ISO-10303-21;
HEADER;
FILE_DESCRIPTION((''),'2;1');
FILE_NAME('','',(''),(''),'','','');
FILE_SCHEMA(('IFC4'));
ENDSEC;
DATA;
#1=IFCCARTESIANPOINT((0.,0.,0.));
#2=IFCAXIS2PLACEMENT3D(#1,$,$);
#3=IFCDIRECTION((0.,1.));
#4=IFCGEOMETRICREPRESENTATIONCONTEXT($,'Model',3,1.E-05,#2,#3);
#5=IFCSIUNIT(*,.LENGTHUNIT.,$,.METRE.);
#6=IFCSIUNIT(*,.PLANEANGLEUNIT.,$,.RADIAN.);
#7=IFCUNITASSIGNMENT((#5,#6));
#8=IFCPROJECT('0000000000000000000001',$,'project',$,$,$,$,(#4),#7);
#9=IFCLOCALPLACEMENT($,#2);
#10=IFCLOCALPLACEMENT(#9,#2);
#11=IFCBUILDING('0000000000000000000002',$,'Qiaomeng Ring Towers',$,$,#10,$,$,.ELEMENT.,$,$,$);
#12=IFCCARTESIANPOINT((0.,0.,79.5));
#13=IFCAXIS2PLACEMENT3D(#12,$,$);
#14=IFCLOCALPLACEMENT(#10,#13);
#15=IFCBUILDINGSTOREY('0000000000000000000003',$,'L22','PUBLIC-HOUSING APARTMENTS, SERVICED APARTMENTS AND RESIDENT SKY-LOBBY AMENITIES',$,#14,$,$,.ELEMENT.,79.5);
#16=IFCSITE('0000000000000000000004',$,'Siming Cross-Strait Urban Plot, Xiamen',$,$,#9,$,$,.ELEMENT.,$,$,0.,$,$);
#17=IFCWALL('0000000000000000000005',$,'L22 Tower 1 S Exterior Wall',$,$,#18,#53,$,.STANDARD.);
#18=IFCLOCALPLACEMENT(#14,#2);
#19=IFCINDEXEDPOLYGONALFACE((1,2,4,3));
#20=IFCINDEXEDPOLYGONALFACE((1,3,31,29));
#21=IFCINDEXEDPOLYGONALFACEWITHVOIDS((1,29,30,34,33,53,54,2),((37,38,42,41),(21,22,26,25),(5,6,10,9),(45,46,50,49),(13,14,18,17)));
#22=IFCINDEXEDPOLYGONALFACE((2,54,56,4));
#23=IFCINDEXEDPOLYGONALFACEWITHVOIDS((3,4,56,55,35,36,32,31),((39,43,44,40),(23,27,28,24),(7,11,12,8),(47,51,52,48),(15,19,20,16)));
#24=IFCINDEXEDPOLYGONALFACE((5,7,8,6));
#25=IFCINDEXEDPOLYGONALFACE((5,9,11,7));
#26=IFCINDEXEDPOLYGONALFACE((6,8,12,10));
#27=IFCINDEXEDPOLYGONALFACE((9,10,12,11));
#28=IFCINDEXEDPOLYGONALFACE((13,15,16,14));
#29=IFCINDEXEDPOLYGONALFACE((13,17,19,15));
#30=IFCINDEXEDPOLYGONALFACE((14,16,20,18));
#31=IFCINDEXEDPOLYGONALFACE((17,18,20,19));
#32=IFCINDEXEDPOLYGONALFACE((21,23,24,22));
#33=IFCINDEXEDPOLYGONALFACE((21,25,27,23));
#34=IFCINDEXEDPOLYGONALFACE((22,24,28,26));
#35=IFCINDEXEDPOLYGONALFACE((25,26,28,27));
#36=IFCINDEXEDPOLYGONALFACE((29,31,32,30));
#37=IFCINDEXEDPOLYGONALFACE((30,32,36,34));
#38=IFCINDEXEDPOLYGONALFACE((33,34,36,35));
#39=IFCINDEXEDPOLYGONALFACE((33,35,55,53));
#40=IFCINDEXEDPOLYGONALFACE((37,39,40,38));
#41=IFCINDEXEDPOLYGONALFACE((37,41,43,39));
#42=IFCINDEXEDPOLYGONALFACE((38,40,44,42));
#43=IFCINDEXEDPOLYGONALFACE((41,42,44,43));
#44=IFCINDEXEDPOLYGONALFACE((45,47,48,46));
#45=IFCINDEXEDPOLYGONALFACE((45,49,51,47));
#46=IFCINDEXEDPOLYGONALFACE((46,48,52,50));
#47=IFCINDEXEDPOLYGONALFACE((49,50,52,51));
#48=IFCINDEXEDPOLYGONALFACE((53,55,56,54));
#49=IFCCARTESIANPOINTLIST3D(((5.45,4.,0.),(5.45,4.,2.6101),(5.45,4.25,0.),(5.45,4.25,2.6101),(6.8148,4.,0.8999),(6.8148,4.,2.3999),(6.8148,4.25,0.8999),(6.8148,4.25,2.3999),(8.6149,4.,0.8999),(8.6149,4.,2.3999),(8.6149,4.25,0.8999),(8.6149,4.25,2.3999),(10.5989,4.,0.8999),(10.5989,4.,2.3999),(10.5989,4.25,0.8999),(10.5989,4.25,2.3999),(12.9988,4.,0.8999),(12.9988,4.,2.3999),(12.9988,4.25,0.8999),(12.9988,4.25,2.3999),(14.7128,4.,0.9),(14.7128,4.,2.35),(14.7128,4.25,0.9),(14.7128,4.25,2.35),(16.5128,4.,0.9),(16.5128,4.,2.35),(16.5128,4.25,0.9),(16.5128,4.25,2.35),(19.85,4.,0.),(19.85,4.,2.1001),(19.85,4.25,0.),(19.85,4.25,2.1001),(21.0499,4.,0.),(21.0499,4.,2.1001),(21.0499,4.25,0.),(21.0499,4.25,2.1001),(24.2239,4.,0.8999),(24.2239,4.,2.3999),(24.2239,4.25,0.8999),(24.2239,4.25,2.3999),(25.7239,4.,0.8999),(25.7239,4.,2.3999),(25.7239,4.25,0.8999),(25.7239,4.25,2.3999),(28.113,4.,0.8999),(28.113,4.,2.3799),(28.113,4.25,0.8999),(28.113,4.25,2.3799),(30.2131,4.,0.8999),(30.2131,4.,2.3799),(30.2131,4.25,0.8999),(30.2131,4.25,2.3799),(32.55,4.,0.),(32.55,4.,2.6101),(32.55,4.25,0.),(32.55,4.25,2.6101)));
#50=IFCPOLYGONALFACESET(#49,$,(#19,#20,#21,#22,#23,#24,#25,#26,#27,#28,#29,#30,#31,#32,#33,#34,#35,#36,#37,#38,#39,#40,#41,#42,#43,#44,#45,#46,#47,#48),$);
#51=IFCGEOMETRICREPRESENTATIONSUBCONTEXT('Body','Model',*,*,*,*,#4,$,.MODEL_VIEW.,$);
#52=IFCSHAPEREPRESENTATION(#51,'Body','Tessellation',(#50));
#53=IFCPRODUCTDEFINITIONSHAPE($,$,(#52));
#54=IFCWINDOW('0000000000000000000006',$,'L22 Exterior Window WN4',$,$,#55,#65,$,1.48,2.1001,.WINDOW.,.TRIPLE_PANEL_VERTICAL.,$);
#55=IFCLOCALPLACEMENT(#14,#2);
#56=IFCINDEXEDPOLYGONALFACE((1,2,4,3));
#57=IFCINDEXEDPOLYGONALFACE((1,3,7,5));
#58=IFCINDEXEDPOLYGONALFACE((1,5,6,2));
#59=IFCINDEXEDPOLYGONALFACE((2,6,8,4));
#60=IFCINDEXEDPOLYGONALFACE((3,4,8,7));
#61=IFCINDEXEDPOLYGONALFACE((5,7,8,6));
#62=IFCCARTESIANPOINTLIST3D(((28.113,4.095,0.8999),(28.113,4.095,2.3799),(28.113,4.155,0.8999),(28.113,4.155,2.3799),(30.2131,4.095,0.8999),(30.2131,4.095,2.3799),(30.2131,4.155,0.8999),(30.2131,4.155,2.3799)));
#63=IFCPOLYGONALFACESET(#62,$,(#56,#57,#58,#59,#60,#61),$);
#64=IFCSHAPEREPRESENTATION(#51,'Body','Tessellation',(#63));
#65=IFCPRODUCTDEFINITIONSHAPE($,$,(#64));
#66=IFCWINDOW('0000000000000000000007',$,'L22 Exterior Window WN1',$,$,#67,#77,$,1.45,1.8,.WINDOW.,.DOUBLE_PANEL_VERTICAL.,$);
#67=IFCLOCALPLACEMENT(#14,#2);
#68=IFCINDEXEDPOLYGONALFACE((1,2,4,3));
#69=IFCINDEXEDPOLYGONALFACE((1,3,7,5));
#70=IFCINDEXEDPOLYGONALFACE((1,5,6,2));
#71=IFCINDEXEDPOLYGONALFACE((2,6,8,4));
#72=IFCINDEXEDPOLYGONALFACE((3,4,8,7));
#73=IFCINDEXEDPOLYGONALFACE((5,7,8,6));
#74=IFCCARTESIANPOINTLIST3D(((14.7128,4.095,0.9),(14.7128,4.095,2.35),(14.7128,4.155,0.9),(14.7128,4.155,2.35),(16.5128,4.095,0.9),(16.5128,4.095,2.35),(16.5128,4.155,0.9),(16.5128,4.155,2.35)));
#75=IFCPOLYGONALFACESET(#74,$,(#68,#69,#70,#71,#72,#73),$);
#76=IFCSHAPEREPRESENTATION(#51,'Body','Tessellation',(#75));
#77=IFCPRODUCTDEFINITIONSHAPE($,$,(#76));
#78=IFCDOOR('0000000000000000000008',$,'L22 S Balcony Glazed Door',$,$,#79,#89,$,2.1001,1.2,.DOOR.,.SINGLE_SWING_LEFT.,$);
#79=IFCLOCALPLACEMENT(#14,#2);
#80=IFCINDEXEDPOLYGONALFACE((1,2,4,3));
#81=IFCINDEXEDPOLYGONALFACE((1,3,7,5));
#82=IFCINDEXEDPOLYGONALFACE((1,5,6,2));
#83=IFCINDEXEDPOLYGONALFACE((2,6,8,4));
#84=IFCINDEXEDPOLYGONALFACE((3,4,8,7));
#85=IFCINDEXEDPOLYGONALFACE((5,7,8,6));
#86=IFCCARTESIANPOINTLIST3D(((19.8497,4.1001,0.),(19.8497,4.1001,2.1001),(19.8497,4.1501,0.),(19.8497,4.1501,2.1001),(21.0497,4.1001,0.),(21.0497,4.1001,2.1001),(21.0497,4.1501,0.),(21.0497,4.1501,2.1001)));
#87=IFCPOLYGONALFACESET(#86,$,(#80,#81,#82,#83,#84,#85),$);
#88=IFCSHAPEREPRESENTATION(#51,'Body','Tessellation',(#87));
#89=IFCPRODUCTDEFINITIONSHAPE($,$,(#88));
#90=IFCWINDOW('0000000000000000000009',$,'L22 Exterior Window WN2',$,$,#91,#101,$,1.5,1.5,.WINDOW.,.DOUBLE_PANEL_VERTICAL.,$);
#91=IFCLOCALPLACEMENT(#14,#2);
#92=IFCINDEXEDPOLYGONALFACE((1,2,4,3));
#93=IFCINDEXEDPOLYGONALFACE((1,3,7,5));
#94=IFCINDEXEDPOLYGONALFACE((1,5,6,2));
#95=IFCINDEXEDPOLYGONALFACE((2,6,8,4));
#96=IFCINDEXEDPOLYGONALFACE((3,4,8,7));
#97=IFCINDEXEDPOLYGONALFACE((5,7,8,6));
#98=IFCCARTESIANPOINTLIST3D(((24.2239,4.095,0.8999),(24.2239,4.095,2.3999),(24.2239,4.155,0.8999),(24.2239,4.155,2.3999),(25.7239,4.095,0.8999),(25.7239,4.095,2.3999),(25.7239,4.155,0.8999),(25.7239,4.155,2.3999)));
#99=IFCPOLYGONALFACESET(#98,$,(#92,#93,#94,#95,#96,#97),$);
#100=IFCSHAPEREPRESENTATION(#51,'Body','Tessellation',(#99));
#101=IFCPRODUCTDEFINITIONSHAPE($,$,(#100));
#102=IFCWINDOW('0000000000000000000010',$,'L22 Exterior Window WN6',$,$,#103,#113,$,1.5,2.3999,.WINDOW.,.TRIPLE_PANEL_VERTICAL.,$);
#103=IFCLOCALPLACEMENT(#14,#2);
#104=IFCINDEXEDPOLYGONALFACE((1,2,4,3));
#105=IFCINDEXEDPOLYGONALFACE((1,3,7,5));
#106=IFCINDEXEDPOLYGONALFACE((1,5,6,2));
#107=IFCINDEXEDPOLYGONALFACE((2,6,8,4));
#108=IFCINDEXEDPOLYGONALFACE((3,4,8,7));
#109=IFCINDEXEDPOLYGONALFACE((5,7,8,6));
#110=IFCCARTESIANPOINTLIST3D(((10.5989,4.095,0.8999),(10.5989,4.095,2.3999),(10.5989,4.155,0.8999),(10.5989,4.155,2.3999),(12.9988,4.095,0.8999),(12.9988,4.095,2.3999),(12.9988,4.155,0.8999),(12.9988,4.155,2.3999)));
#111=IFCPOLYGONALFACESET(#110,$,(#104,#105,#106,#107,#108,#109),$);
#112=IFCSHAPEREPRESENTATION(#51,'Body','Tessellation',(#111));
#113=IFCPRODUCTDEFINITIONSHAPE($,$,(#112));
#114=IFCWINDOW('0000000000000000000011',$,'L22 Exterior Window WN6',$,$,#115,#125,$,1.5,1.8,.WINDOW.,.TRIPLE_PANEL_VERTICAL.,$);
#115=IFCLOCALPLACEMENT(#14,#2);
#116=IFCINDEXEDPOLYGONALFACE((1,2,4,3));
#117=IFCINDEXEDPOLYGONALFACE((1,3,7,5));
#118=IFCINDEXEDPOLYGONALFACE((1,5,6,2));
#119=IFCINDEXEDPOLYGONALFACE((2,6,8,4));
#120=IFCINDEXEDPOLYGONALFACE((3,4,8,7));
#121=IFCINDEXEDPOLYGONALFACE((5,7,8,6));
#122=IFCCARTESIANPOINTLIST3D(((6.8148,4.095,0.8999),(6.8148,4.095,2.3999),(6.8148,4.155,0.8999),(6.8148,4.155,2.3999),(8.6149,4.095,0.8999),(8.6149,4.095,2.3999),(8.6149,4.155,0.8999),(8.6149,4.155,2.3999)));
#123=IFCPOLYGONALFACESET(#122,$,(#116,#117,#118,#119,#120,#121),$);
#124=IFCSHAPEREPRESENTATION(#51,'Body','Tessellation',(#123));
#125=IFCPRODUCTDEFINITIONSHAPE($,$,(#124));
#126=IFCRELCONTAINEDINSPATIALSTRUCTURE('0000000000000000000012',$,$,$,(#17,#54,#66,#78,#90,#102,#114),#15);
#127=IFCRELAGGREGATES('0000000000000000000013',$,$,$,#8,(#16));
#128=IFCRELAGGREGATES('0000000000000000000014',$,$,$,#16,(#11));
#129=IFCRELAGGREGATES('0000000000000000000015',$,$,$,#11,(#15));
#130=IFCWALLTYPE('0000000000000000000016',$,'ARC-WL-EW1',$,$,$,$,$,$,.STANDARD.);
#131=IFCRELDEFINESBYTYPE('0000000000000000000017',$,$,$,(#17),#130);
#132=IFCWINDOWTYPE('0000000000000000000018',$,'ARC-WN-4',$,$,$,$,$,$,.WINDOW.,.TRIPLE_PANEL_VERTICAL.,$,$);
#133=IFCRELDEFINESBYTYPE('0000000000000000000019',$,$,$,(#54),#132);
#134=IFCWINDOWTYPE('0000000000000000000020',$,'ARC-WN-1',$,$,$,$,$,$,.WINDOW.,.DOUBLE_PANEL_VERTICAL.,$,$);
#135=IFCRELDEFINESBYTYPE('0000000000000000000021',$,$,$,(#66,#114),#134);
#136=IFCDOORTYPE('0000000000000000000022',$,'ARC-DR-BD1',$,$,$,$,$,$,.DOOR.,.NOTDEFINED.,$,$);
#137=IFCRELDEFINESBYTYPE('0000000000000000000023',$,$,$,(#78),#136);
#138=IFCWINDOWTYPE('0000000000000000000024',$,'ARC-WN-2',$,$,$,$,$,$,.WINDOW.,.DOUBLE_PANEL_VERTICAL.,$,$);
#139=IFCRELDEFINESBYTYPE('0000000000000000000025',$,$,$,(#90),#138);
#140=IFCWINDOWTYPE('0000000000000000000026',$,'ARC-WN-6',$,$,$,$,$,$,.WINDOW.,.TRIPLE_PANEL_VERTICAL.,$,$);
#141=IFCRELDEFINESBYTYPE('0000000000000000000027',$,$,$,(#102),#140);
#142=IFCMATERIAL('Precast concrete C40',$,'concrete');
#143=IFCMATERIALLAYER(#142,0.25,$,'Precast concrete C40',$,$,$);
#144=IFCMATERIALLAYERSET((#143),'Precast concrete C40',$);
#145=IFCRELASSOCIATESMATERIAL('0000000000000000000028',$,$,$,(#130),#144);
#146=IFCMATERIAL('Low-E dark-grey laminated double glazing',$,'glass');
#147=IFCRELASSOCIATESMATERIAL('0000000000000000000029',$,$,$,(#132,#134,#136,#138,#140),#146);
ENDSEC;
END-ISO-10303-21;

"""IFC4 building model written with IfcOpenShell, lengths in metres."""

from ifc_helpers import new_model, si_unit, direction, frame, frame_2d, origin, place, context, subcontext, project, spatial, rectangle, extrude, source, transform, mapped, material, layer, layer_set, type_object, element, fill, save


model = new_model("IFC4")

# Units and contexts
model_context = context("Model", 3, precision=1e-05, world=origin(), true_north=direction((0.0, 1.0)))
body_context = subcontext(model_context, "Body", "Model", "MODEL_VIEW")
ifc_project = project(units=[si_unit("LENGTHUNIT", "METRE"), si_unit("PLANEANGLEUNIT", "RADIAN")], contexts=[model_context])

# Site, building, storey
site_placement = place(None, origin())
site = spatial("IfcSite", under=ifc_project, at=site_placement, Name="Siming Cross-Strait Urban Plot, Xiamen", CompositionType="ELEMENT", RefElevation=0.0)
building_placement = place(site_placement, origin())
building = spatial("IfcBuilding", under=site, at=building_placement, Name="Qiaomeng Ring Towers", CompositionType="ELEMENT")
storey_placement = place(building_placement, frame((0.0, 0.0, 79.5)))
storey = spatial("IfcBuildingStorey", under=building, at=storey_placement, Name="L22", Description="PUBLIC-HOUSING APARTMENTS, SERVICED APARTMENTS AND RESIDENT SKY-LOBBY AMENITIES", CompositionType="ELEMENT", Elevation=79.5)

# Shared definitions
ifc_material_1 = material(Name="Low-E dark-grey laminated double glazing", Category="glass")

# Wall, openings, windows, door
ifc_material_2 = material(Name="Precast concrete C40", Category="concrete")
ifc_layer_1 = layer(ifc_material_2, 0.25, Name="Precast concrete C40")
ifc_layer_set_1 = layer_set([ifc_layer_1], Name="Precast concrete C40")
wall_type_1 = type_object("IfcWallType", Name="ARC-WL-EW1", PredefinedType="STANDARD", material=ifc_layer_set_1)
wall_1_placement = place(storey_placement, frame((5.45, 4.125, 0.0), z_axis=(0.0, 0.0, 1.0), x_axis=(1.0, 0.0, 0.0)))
wall_1 = element("IfcWall", 1, at=wall_1_placement, inside=storey, type_object=wall_type_1, Name="L22 Tower 1 S Exterior Wall", PredefinedType="STANDARD", context=body_context, shape_type="SweptSolid", body=[
    extrude(rectangle(XDim=27.1001, YDim=0.25, at=frame_2d((13.55, 0.0))), origin(), (0.0, 0.0, 1.0), 2.6101),
])
opening_1_placement = place(wall_1_placement, frame((14.3999, 0.0, 0.0)))
opening_1 = element("IfcOpeningElement", 2, at=opening_1_placement, cuts=wall_1, PredefinedType="OPENING", context=body_context, shape_type="SweptSolid", body=[
    extrude(rectangle(XDim=1.2, YDim=2.1001, at=frame_2d((0.6001, 1.05))), frame((0.0, 0.135, 0.0), z_axis=(0.0, -1.0, 0.0), x_axis=(1.0, 0.0, 0.0)), (0.0, 0.0, 1.0), 0.27),
])
opening_2_placement = place(wall_1_placement, frame((1.365, 0.0, 0.8999)))
opening_2 = element("IfcOpeningElement", 3, at=opening_2_placement, cuts=wall_1, PredefinedType="OPENING", context=body_context, shape_type="SweptSolid", body=[
    extrude(rectangle(XDim=1.8, YDim=1.5, at=frame_2d((0.8999, 0.75))), frame((0.0, 0.135, 0.0), z_axis=(0.0, -1.0, 0.0), x_axis=(1.0, 0.0, 0.0)), (0.0, 0.0, 1.0), 0.27),
])
opening_3_placement = place(wall_1_placement, frame((9.2629, 0.0, 0.8999)))
opening_3 = element("IfcOpeningElement", 4, at=opening_3_placement, cuts=wall_1, PredefinedType="OPENING", context=body_context, shape_type="SweptSolid", body=[
    extrude(rectangle(XDim=1.8, YDim=1.45, at=frame_2d((0.8999, 0.7251))), frame((0.0, 0.135, 0.0), z_axis=(0.0, -1.0, 0.0), x_axis=(1.0, 0.0, 0.0)), (0.0, 0.0, 1.0), 0.27),
])
opening_4_placement = place(wall_1_placement, frame((18.7739, 0.0, 0.8999)))
opening_4 = element("IfcOpeningElement", 5, at=opening_4_placement, cuts=wall_1, PredefinedType="OPENING", context=body_context, shape_type="SweptSolid", body=[
    extrude(rectangle(XDim=1.5, YDim=1.5, at=frame_2d((0.75, 0.75))), frame((0.0, 0.135, 0.0), z_axis=(0.0, -1.0, 0.0), x_axis=(1.0, 0.0, 0.0)), (0.0, 0.0, 1.0), 0.27),
])
opening_5_placement = place(wall_1_placement, frame((22.6631, 0.0, 0.8999)))
opening_5 = element("IfcOpeningElement", 6, at=opening_5_placement, cuts=wall_1, PredefinedType="OPENING", context=body_context, shape_type="SweptSolid", body=[
    extrude(rectangle(XDim=2.1001, YDim=1.48, at=frame_2d((1.05, 0.74))), frame((0.0, 0.135, 0.0), z_axis=(0.0, -1.0, 0.0), x_axis=(1.0, 0.0, 0.0)), (0.0, 0.0, 1.0), 0.27),
])
opening_6_placement = place(wall_1_placement, frame((5.1489, 0.0, 0.8999)))
opening_6 = element("IfcOpeningElement", 7, at=opening_6_placement, cuts=wall_1, PredefinedType="OPENING", context=body_context, shape_type="SweptSolid", body=[
    extrude(rectangle(XDim=2.3999, YDim=1.5, at=frame_2d((1.2, 0.75))), frame((0.0, 0.135, 0.0), z_axis=(0.0, -1.0, 0.0), x_axis=(1.0, 0.0, 0.0)), (0.0, 0.0, 1.0), 0.27),
])
window_type_1 = type_object("IfcWindowType", Name="ARC-WN-4", PartitioningType="TRIPLE_PANEL_VERTICAL", PredefinedType="WINDOW", material=ifc_material_1)
shared_shape_1 = source(origin(), body_context, "Body", "SweptSolid", [
    extrude(rectangle(XDim=2.1001, YDim=1.48, at=frame_2d((1.05, 0.74))), frame((0.0, 0.03, 0.0), z_axis=(0.0, -1.0, 0.0), x_axis=(1.0, 0.0, 0.0)), (0.0, 0.0, 1.0), 0.0601),
])
window_1_placement = place(opening_5_placement, origin())
window_1 = element("IfcWindow", 8, at=window_1_placement, inside=storey, type_object=window_type_1, Name="L22 Exterior Window WN4", OverallHeight=1.48, OverallWidth=2.1001, PartitioningType="TRIPLE_PANEL_VERTICAL", PredefinedType="WINDOW", context=body_context, shape_type="MappedRepresentation", body=[
    mapped(shared_shape_1, transform((0.0, 0.0, 0.0), x_axis=(1.0, 0.0, 0.0), y_axis=(0.0, 1.0, 0.0), z_axis=(0.0, 0.0, 1.0), scale=1.0)),
])
fill(opening_5, window_1)
window_type_2 = type_object("IfcWindowType", Name="ARC-WN-1", PartitioningType="DOUBLE_PANEL_VERTICAL", PredefinedType="WINDOW", material=ifc_material_1)
shared_shape_2 = source(origin(), body_context, "Body", "SweptSolid", [
    extrude(rectangle(XDim=1.8, YDim=1.45, at=frame_2d((0.8999, 0.7251))), frame((0.0, 0.03, 0.0), z_axis=(0.0, -1.0, 0.0), x_axis=(1.0, 0.0, 0.0)), (0.0, 0.0, 1.0), 0.0601),
])
window_2_placement = place(opening_3_placement, origin())
window_2 = element("IfcWindow", 9, at=window_2_placement, inside=storey, type_object=window_type_2, Name="L22 Exterior Window WN1", OverallHeight=1.45, OverallWidth=1.8, PartitioningType="DOUBLE_PANEL_VERTICAL", PredefinedType="WINDOW", context=body_context, shape_type="MappedRepresentation", body=[
    mapped(shared_shape_2, transform((0.0, 0.0, 0.0), x_axis=(1.0, 0.0, 0.0), y_axis=(0.0, 1.0, 0.0), z_axis=(0.0, 0.0, 1.0), scale=1.0)),
])
fill(opening_3, window_2)
door_type_1 = type_object("IfcDoorType", Name="ARC-DR-BD1", OperationType="NOTDEFINED", PredefinedType="DOOR", material=ifc_material_1)
shared_shape_3 = source(origin(), body_context, "Body", "SweptSolid", [
    extrude(rectangle(XDim=1.2, YDim=2.1001, at=frame_2d((0.6001, 1.05))), frame((0.0, 0.0249, 0.0), z_axis=(0.0, -1.0, 0.0), x_axis=(1.0, 0.0, 0.0)), (0.0, 0.0, 1.0), 0.05),
])
door_1_placement = place(opening_1_placement, frame((1.2, 0.0, 0.0), z_axis=(0.0, 0.0, 1.0), x_axis=(-1.0, 0.0, 0.0)))
door_1 = element("IfcDoor", 10, at=door_1_placement, inside=storey, type_object=door_type_1, Name="L22 S Balcony Glazed Door", OperationType="SINGLE_SWING_LEFT", OverallHeight=2.1001, OverallWidth=1.2, PredefinedType="DOOR", context=body_context, shape_type="MappedRepresentation", body=[
    mapped(shared_shape_3, transform((0.0, 0.0, 0.0), x_axis=(1.0, 0.0, 0.0), y_axis=(0.0, 1.0, 0.0), z_axis=(0.0, 0.0, 1.0), scale=1.0)),
])
fill(opening_1, door_1)
window_type_3 = type_object("IfcWindowType", Name="ARC-WN-2", PartitioningType="DOUBLE_PANEL_VERTICAL", PredefinedType="WINDOW", material=ifc_material_1)
shared_shape_4 = source(origin(), body_context, "Body", "SweptSolid", [
    extrude(rectangle(XDim=1.5, YDim=1.5, at=frame_2d((0.75, 0.75))), frame((0.0, 0.03, 0.0), z_axis=(0.0, -1.0, 0.0), x_axis=(1.0, 0.0, 0.0)), (0.0, 0.0, 1.0), 0.0601),
])
window_3_placement = place(opening_4_placement, origin())
window_3 = element("IfcWindow", 11, at=window_3_placement, inside=storey, type_object=window_type_3, Name="L22 Exterior Window WN2", OverallHeight=1.5, OverallWidth=1.5, PartitioningType="DOUBLE_PANEL_VERTICAL", PredefinedType="WINDOW", context=body_context, shape_type="MappedRepresentation", body=[
    mapped(shared_shape_4, transform((0.0, 0.0, 0.0), x_axis=(1.0, 0.0, 0.0), y_axis=(0.0, 1.0, 0.0), z_axis=(0.0, 0.0, 1.0), scale=1.0)),
])
fill(opening_4, window_3)
window_type_4 = type_object("IfcWindowType", Name="ARC-WN-6", PartitioningType="TRIPLE_PANEL_VERTICAL", PredefinedType="WINDOW", material=ifc_material_1)
shared_shape_5 = source(origin(), body_context, "Body", "SweptSolid", [
    extrude(rectangle(XDim=2.3999, YDim=1.5, at=frame_2d((1.2, 0.75))), frame((0.0, 0.03, 0.0), z_axis=(0.0, -1.0, 0.0), x_axis=(1.0, 0.0, 0.0)), (0.0, 0.0, 1.0), 0.0601),
])
window_4_placement = place(opening_6_placement, origin())
window_4 = element("IfcWindow", 12, at=window_4_placement, inside=storey, type_object=window_type_4, Name="L22 Exterior Window WN6", OverallHeight=1.5, OverallWidth=2.3999, PartitioningType="TRIPLE_PANEL_VERTICAL", PredefinedType="WINDOW", context=body_context, shape_type="MappedRepresentation", body=[
    mapped(shared_shape_5, transform((0.0, 0.0, 0.0), x_axis=(1.0, 0.0, 0.0), y_axis=(0.0, 1.0, 0.0), z_axis=(0.0, 0.0, 1.0), scale=1.0)),
])
fill(opening_6, window_4)
shared_shape_6 = source(origin(), body_context, "Body", "SweptSolid", [
    extrude(rectangle(XDim=1.8, YDim=1.5, at=frame_2d((0.8999, 0.75))), frame((0.0, 0.03, 0.0), z_axis=(0.0, -1.0, 0.0), x_axis=(1.0, 0.0, 0.0)), (0.0, 0.0, 1.0), 0.0601),
])
window_5_placement = place(opening_2_placement, origin())
window_5 = element("IfcWindow", 13, at=window_5_placement, inside=storey, type_object=window_type_2, Name="L22 Exterior Window WN6", OverallHeight=1.5, OverallWidth=1.8, PartitioningType="TRIPLE_PANEL_VERTICAL", PredefinedType="WINDOW", context=body_context, shape_type="MappedRepresentation", body=[
    mapped(shared_shape_6, transform((0.0, 0.0, 0.0), x_axis=(1.0, 0.0, 0.0), y_axis=(0.0, 1.0, 0.0), z_axis=(0.0, 0.0, 1.0), scale=1.0)),
])
fill(opening_2, window_5)

save(model, "model.ifc")
